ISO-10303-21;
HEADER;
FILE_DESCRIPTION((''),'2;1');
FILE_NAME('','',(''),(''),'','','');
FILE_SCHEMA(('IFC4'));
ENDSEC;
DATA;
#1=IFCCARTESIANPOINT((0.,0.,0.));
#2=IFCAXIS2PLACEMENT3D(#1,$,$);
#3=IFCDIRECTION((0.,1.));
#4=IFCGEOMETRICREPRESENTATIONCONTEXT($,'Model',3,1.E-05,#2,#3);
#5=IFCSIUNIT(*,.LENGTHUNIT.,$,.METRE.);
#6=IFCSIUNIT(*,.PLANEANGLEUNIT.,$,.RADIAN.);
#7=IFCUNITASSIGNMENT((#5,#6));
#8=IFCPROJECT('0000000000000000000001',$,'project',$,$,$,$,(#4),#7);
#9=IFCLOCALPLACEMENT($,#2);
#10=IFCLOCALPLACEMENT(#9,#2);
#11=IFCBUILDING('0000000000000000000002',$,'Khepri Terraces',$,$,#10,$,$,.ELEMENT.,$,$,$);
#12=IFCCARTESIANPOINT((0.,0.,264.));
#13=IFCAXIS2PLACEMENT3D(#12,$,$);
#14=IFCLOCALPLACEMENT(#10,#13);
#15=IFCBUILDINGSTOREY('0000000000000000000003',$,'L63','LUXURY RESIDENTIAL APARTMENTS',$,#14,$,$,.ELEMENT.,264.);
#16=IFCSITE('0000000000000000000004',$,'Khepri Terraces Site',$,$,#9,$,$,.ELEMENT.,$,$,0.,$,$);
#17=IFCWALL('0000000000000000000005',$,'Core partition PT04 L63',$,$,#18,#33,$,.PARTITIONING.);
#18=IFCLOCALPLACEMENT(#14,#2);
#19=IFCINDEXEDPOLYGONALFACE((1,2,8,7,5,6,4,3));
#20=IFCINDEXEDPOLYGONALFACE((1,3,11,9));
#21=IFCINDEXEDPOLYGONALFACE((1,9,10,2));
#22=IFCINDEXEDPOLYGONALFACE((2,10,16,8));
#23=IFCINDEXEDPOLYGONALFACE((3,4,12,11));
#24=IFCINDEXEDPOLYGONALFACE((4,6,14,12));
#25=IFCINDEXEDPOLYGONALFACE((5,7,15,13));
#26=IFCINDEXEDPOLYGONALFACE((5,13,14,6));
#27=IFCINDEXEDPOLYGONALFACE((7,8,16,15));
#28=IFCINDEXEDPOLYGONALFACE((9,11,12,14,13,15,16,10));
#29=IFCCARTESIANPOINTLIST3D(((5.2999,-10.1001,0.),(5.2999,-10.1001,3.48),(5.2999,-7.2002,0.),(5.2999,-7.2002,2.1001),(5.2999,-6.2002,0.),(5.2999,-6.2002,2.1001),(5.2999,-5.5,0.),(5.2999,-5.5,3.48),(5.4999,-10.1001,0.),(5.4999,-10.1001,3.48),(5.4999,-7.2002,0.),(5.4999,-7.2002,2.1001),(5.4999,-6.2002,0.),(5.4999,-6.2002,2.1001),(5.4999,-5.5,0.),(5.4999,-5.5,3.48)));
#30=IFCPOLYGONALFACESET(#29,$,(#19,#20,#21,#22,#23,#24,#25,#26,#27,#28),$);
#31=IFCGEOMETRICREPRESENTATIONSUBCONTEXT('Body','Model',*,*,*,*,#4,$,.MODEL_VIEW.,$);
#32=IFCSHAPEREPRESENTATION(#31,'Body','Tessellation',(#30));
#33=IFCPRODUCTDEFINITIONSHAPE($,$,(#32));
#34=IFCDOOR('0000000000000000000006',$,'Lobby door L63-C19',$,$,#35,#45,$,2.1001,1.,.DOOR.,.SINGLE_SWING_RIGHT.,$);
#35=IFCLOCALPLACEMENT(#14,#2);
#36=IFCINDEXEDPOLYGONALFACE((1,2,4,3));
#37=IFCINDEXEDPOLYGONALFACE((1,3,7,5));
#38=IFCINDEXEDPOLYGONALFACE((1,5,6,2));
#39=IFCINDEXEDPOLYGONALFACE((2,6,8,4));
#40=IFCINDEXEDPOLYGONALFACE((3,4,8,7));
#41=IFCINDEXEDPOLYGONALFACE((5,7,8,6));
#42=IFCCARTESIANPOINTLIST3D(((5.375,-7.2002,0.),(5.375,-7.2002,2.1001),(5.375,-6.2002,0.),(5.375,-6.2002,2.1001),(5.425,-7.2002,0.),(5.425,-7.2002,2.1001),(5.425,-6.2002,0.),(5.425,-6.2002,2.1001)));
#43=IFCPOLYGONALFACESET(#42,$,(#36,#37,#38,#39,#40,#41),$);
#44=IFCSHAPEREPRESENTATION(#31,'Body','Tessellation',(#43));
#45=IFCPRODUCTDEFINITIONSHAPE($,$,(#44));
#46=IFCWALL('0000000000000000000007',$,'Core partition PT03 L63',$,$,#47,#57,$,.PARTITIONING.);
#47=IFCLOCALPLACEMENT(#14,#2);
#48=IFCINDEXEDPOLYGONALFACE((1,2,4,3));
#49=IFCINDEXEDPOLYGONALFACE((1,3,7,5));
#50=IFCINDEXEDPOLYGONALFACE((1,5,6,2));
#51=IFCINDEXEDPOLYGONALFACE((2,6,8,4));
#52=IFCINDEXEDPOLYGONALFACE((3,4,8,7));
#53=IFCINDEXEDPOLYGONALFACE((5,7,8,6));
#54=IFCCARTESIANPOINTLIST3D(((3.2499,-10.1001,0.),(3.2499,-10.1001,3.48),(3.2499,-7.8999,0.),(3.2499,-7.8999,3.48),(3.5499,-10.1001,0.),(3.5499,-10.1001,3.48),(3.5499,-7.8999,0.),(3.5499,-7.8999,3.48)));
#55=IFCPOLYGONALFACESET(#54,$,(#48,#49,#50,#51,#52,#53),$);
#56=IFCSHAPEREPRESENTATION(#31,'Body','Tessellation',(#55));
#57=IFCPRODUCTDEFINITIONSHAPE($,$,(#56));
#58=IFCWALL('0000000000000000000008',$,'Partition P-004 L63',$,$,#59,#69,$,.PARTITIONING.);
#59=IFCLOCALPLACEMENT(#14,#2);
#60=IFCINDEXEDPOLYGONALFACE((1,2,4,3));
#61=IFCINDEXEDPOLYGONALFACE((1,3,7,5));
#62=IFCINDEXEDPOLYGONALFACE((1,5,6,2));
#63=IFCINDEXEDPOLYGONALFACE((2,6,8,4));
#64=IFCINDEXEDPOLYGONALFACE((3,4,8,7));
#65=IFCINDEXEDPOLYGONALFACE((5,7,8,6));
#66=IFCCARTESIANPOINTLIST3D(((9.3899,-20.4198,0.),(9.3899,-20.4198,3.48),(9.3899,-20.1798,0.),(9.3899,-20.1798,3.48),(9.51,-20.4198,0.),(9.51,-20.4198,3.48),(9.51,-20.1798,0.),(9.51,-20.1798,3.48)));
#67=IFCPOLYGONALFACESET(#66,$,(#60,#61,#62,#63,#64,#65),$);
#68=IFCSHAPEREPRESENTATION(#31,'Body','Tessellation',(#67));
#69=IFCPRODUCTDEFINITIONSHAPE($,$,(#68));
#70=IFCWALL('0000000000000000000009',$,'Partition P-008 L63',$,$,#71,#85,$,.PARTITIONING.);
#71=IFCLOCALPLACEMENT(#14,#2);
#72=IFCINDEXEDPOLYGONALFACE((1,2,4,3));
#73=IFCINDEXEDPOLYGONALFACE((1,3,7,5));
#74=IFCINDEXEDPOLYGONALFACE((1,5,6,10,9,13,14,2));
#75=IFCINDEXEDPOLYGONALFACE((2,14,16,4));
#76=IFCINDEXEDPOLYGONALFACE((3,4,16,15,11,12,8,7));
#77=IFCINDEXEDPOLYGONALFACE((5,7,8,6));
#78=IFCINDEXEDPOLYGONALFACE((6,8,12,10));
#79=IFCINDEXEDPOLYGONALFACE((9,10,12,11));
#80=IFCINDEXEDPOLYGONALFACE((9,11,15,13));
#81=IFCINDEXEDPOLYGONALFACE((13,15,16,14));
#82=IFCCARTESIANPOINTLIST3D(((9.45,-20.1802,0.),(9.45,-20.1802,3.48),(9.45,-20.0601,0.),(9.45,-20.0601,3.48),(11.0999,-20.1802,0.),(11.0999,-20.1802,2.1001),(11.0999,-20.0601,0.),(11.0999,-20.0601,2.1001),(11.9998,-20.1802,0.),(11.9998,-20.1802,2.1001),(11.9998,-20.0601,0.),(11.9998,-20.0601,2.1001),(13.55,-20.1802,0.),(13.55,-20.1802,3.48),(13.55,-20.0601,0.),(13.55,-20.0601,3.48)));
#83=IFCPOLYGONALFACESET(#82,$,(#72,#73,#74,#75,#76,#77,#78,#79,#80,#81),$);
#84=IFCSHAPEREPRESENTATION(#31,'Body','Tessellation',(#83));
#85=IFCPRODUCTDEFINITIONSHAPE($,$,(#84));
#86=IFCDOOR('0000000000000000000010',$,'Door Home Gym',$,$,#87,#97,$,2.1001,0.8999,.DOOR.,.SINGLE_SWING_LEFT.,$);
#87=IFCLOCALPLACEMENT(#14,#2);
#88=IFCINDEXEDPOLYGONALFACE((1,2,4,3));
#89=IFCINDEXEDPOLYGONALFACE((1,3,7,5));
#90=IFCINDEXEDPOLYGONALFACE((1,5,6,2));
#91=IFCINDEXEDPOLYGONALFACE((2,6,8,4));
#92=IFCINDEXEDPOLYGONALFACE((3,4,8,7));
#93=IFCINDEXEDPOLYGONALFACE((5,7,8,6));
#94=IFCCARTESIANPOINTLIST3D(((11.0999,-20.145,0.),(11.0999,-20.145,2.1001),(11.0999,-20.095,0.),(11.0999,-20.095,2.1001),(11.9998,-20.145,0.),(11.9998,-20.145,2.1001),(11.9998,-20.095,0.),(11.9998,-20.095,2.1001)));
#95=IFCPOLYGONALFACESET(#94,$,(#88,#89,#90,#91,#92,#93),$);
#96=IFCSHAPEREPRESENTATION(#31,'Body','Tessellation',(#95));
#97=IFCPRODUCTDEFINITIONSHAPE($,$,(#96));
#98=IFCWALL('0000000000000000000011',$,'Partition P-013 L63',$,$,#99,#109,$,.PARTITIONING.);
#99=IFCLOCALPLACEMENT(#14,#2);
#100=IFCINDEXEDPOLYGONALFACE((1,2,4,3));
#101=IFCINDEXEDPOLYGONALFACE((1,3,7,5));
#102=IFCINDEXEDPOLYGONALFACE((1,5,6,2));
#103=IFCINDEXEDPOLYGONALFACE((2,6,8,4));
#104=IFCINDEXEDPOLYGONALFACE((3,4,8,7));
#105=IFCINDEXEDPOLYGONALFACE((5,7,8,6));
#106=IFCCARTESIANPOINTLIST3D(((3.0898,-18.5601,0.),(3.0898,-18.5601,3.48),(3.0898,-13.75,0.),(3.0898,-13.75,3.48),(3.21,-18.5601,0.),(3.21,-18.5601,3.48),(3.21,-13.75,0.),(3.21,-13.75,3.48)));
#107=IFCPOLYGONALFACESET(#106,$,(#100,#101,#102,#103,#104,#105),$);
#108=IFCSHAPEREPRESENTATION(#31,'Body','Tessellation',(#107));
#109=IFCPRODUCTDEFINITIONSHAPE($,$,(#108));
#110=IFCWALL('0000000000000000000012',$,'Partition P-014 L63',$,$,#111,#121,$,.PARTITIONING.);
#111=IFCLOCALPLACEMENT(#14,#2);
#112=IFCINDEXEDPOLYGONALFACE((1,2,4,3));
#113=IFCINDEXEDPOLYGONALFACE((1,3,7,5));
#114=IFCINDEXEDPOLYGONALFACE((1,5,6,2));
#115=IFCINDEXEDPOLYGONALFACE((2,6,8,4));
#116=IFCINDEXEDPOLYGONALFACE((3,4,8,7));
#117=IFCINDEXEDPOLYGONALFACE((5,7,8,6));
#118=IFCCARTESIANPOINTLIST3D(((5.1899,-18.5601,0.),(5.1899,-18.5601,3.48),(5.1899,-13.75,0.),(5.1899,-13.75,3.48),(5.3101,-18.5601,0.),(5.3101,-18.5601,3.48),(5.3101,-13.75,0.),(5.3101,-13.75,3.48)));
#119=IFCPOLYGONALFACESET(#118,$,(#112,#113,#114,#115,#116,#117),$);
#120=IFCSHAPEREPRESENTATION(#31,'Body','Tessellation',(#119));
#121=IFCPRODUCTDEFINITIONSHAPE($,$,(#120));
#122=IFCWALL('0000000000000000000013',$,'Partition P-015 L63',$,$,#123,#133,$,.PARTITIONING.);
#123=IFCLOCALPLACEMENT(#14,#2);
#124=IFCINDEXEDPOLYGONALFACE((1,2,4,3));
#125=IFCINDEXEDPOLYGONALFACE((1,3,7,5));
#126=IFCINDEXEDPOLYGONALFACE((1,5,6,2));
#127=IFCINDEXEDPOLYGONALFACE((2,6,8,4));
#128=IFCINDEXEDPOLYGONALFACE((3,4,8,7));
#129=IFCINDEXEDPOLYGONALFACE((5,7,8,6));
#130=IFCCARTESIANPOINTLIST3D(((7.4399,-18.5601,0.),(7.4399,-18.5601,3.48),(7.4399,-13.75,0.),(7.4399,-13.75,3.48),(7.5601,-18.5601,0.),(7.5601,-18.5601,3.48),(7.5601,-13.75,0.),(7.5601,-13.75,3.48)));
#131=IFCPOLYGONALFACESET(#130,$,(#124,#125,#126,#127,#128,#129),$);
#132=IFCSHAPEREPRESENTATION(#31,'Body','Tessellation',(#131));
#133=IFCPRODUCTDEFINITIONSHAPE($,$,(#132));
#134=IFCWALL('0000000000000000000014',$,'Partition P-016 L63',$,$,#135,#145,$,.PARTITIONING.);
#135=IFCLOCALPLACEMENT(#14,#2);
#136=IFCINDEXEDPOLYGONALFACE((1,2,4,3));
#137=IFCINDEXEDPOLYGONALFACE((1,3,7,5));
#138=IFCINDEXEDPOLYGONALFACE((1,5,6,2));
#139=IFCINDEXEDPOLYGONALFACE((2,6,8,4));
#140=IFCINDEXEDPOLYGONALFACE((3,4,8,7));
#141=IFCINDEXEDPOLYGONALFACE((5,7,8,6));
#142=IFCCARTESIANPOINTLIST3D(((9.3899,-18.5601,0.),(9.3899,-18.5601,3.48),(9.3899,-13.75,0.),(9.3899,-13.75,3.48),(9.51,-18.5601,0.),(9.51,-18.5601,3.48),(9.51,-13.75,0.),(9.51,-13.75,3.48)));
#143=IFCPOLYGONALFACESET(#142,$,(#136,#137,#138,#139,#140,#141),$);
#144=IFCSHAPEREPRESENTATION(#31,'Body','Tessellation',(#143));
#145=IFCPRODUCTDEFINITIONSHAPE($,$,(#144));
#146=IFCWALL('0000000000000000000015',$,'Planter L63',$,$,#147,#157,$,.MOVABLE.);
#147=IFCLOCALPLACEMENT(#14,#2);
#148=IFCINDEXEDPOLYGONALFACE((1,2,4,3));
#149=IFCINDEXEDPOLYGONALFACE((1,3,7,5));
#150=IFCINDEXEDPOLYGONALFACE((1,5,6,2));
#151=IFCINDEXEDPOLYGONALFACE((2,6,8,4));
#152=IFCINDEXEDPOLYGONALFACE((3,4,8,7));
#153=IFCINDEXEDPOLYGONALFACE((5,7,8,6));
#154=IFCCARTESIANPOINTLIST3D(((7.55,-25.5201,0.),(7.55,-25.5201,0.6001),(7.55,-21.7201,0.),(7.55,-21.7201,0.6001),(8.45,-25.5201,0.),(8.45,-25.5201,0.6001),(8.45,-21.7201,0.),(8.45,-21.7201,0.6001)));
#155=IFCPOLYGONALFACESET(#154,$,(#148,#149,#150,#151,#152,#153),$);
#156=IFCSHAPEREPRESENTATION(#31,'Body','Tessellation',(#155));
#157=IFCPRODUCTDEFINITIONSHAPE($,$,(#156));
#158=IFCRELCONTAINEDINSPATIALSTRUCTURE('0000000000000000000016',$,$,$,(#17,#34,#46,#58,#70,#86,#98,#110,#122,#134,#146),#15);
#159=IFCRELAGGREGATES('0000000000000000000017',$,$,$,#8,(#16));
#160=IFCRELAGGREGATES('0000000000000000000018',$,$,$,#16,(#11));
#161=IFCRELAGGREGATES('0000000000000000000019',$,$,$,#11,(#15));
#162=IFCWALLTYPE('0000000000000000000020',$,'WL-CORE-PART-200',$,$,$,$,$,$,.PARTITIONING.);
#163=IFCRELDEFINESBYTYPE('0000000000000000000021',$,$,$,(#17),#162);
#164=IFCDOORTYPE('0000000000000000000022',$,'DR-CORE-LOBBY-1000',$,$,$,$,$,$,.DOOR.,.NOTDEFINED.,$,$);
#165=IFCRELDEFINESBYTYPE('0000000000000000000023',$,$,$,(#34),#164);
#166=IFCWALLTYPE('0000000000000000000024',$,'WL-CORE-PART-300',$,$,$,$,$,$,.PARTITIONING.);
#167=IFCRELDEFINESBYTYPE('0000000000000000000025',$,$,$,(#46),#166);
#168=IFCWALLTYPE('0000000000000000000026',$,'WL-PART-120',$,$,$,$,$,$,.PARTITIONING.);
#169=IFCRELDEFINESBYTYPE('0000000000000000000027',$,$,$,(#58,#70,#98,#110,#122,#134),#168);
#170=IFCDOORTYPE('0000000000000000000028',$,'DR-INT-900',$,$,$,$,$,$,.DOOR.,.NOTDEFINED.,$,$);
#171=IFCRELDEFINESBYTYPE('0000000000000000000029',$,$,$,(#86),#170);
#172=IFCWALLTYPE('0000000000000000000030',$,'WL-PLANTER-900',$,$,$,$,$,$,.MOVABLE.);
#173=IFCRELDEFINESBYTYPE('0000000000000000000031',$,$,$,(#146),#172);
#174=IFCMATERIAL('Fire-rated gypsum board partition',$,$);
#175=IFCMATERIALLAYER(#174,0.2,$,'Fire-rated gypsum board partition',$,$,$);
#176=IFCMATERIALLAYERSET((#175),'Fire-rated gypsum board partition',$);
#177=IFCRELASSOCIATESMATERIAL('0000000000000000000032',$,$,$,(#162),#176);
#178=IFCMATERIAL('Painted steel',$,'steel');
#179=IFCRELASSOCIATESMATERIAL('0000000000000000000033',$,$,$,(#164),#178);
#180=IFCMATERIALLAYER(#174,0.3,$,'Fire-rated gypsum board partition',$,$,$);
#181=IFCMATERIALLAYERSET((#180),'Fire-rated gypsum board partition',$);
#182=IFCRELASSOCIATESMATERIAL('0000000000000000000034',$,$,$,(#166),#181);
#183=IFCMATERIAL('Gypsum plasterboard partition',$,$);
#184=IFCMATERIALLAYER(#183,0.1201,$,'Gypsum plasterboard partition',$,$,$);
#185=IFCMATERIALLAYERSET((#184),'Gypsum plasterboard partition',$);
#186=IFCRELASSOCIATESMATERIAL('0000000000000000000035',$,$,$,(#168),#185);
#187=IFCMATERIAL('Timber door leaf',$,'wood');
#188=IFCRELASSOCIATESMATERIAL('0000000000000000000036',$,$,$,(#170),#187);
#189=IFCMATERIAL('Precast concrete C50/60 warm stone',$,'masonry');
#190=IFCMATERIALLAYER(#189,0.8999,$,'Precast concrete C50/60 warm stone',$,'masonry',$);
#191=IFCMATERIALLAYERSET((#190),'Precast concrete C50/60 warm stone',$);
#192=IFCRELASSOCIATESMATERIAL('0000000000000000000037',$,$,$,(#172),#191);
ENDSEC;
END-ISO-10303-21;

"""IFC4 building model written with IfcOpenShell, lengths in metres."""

from ifc_helpers import new_model, si_unit, direction, frame, frame_2d, origin, place, context, subcontext, project, spatial, rectangle, extrude, material, layer, layer_set, type_object, element, fill, save


model = new_model("IFC4")

# Units and contexts
model_context = context("Model", 3, precision=1e-05, world=origin(), true_north=direction((0.0, 1.0)))
body_context = subcontext(model_context, "Body", "Model", "MODEL_VIEW")
ifc_project = project(units=[si_unit("LENGTHUNIT", "METRE"), si_unit("PLANEANGLEUNIT", "RADIAN")], contexts=[model_context])

# Site, building, storey
site_placement = place(None, origin())
site = spatial("IfcSite", under=ifc_project, at=site_placement, Name="Khepri Terraces Site", CompositionType="ELEMENT", RefElevation=0.0)
building_placement = place(site_placement, origin())
building = spatial("IfcBuilding", under=site, at=building_placement, Name="Khepri Terraces", CompositionType="ELEMENT")
storey_placement = place(building_placement, frame((0.0, 0.0, 264.0)))
storey = spatial("IfcBuildingStorey", under=building, at=storey_placement, Name="L63", Description="LUXURY RESIDENTIAL APARTMENTS", CompositionType="ELEMENT", Elevation=264.0)

# Shared definitions
ifc_material_1 = material(Name="Fire-rated gypsum board partition")
ifc_layer_1 = layer(ifc_material_1, 0.2, Name="Fire-rated gypsum board partition")
ifc_layer_set_1 = layer_set([ifc_layer_1], Name="Fire-rated gypsum board partition")
wall_type_1 = type_object("IfcWallType", Name="WL-CORE-PART-200", PredefinedType="PARTITIONING", material=ifc_layer_set_1)

# Wall, opening, door
wall_1_placement = place(storey_placement, frame((5.3999, -10.1001, 0.0), z_axis=(0.0, 0.0, 1.0), x_axis=(0.0, 1.0, 0.0)))
wall_1 = element("IfcWall", 1, at=wall_1_placement, inside=storey, type_object=wall_type_1, Name="Core partition PT04 L63", PredefinedType="PARTITIONING", context=body_context, shape_type="SweptSolid", body=[
    extrude(rectangle(XDim=4.6001, YDim=0.2, at=frame_2d((2.3, 0.0))), origin(), (0.0, 0.0, 1.0), 3.48),
])
opening_1_placement = place(wall_1_placement, frame((2.8999, 0.0, 0.0)))
opening_1 = element("IfcOpeningElement", 2, at=opening_1_placement, cuts=wall_1, PredefinedType="OPENING", context=body_context, shape_type="SweptSolid", body=[
    extrude(rectangle(XDim=1.0, YDim=2.1001, at=frame_2d((0.5, 1.05))), frame((0.0, 0.1099, 0.0), z_axis=(0.0, -1.0, 0.0), x_axis=(1.0, 0.0, 0.0)), (0.0, 0.0, 1.0), 0.22),
])
ifc_material_2 = material(Name="Painted steel", Category="steel")
door_type_1 = type_object("IfcDoorType", Name="DR-CORE-LOBBY-1000", OperationType="NOTDEFINED", PredefinedType="DOOR", material=ifc_material_2)
door_1_placement = place(opening_1_placement, origin())
door_1 = element("IfcDoor", 3, at=door_1_placement, inside=storey, type_object=door_type_1, Name="Lobby door L63-C19", OperationType="SINGLE_SWING_RIGHT", OverallHeight=2.1001, OverallWidth=1.0, PredefinedType="DOOR", context=body_context, shape_type="SweptSolid", body=[
    extrude(rectangle(XDim=1.0, YDim=2.1001, at=frame_2d((0.5, 1.05))), frame((0.0, 0.0249, 0.0), z_axis=(0.0, -1.0, 0.0), x_axis=(1.0, 0.0, 0.0)), (0.0, 0.0, 1.0), 0.05),
])
fill(opening_1, door_1)

# Walls
ifc_layer_2 = layer(ifc_material_1, 0.3, Name="Fire-rated gypsum board partition")
ifc_layer_set_2 = layer_set([ifc_layer_2], Name="Fire-rated gypsum board partition")
wall_type_2 = type_object("IfcWallType", Name="WL-CORE-PART-300", PredefinedType="PARTITIONING", material=ifc_layer_set_2)
wall_2_placement = place(storey_placement, frame((3.3999, -10.1001, 0.0), z_axis=(0.0, 0.0, 1.0), x_axis=(0.0, 1.0, 0.0)))
element("IfcWall", 4, at=wall_2_placement, inside=storey, type_object=wall_type_2, Name="Core partition PT03 L63", PredefinedType="PARTITIONING", context=body_context, shape_type="SweptSolid", body=[
    extrude(rectangle(XDim=2.2002, YDim=0.3, at=frame_2d((1.1001, 0.0))), origin(), (0.0, 0.0, 1.0), 3.48),
])
ifc_material_3 = material(Name="Gypsum plasterboard partition")
ifc_layer_3 = layer(ifc_material_3, 0.1201, Name="Gypsum plasterboard partition")
ifc_layer_set_3 = layer_set([ifc_layer_3], Name="Gypsum plasterboard partition")
wall_type_3 = type_object("IfcWallType", Name="WL-PART-120", PredefinedType="PARTITIONING", material=ifc_layer_set_3)
wall_3_placement = place(storey_placement, frame((9.45, -20.4199, 0.0), z_axis=(0.0, 0.0, 1.0), x_axis=(0.0, 1.0, 0.0)))
element("IfcWall", 5, at=wall_3_placement, inside=storey, type_object=wall_type_3, Name="Partition P-004 L63", PredefinedType="PARTITIONING", context=body_context, shape_type="SweptSolid", body=[
    extrude(rectangle(XDim=0.24, YDim=0.1201, at=frame_2d((0.1201, 0.0))), origin(), (0.0, 0.0, 1.0), 3.48),
])

# Wall, opening, door
wall_4_placement = place(storey_placement, frame((9.45, -20.1201, 0.0), z_axis=(0.0, 0.0, 1.0), x_axis=(1.0, 0.0, 0.0)))
wall_4 = element("IfcWall", 6, at=wall_4_placement, inside=storey, type_object=wall_type_3, Name="Partition P-008 L63", PredefinedType="PARTITIONING", context=body_context, shape_type="SweptSolid", body=[
    extrude(rectangle(XDim=4.1001, YDim=0.1201, at=frame_2d((2.05, 0.0))), origin(), (0.0, 0.0, 1.0), 3.48),
])
opening_2_placement = place(wall_4_placement, frame((1.6499, 0.0, 0.0)))
opening_2 = element("IfcOpeningElement", 7, at=opening_2_placement, cuts=wall_4, PredefinedType="OPENING", context=body_context, shape_type="SweptSolid", body=[
    extrude(rectangle(XDim=0.8999, YDim=2.1001, at=frame_2d((0.45, 1.05))), frame((0.0, 0.0701, 0.0), z_axis=(0.0, -1.0, 0.0), x_axis=(1.0, 0.0, 0.0)), (0.0, 0.0, 1.0), 0.1401),
])
ifc_material_4 = material(Name="Timber door leaf", Category="wood")
door_type_2 = type_object("IfcDoorType", Name="DR-INT-900", OperationType="NOTDEFINED", PredefinedType="DOOR", material=ifc_material_4)
door_2_placement = place(opening_2_placement, frame((0.8999, 0.0, 0.0), z_axis=(0.0, 0.0, 1.0), x_axis=(-1.0, 0.0, 0.0)))
door_2 = element("IfcDoor", 8, at=door_2_placement, inside=storey, type_object=door_type_2, Name="Door Home Gym", OperationType="SINGLE_SWING_LEFT", OverallHeight=2.1001, OverallWidth=0.8999, PredefinedType="DOOR", context=body_context, shape_type="SweptSolid", body=[
    extrude(rectangle(XDim=0.8999, YDim=2.1001, at=frame_2d((0.45, 1.05))), frame((0.0, 0.0249, 0.0), z_axis=(0.0, -1.0, 0.0), x_axis=(1.0, 0.0, 0.0)), (0.0, 0.0, 1.0), 0.05),
])
fill(opening_2, door_2)

# Walls
for number, where, z_axis, x_axis, name in (
    (9, (3.1499, -18.5601, 0.0), (0.0, 0.0, 1.0), (0.0, 1.0, 0.0), "Partition P-013 L63"),
    (10, (5.25, -18.5601, 0.0), (0.0, 0.0, 1.0), (0.0, 1.0, 0.0), "Partition P-014 L63"),
    (11, (7.5, -18.5601, 0.0), (0.0, 0.0, 1.0), (0.0, 1.0, 0.0), "Partition P-015 L63"),
    (12, (9.45, -18.5601, 0.0), (0.0, 0.0, 1.0), (0.0, 1.0, 0.0), "Partition P-016 L63"),
):
    element("IfcWall", number, at=place(storey_placement, frame(where, z_axis=z_axis, x_axis=x_axis)), inside=storey, type_object=wall_type_3, Name=name, PredefinedType="PARTITIONING", context=body_context, shape_type="SweptSolid", body=[
        extrude(rectangle(XDim=4.8101, YDim=0.1201, at=frame_2d((2.405, 0.0))), origin(), (0.0, 0.0, 1.0), 3.48),
    ])
ifc_material_5 = material(Name="Precast concrete C50/60 warm stone", Category="masonry")
ifc_layer_4 = layer(ifc_material_5, 0.8999, Name="Precast concrete C50/60 warm stone", Category="masonry")
ifc_layer_set_4 = layer_set([ifc_layer_4], Name="Precast concrete C50/60 warm stone")
wall_type_4 = type_object("IfcWallType", Name="WL-PLANTER-900", PredefinedType="MOVABLE", material=ifc_layer_set_4)
wall_5_placement = place(storey_placement, frame((8.0, -25.52, 0.0), z_axis=(0.0, 0.0, 1.0), x_axis=(0.0, 1.0, 0.0)))
element("IfcWall", 13, at=wall_5_placement, inside=storey, type_object=wall_type_4, Name="Planter L63", PredefinedType="MOVABLE", context=body_context, shape_type="SweptSolid", body=[
    extrude(rectangle(XDim=3.8, YDim=0.8999, at=frame_2d((1.8999, 0.0))), origin(), (0.0, 0.0, 1.0), 0.6001),
])

save(model, "model.ifc")
